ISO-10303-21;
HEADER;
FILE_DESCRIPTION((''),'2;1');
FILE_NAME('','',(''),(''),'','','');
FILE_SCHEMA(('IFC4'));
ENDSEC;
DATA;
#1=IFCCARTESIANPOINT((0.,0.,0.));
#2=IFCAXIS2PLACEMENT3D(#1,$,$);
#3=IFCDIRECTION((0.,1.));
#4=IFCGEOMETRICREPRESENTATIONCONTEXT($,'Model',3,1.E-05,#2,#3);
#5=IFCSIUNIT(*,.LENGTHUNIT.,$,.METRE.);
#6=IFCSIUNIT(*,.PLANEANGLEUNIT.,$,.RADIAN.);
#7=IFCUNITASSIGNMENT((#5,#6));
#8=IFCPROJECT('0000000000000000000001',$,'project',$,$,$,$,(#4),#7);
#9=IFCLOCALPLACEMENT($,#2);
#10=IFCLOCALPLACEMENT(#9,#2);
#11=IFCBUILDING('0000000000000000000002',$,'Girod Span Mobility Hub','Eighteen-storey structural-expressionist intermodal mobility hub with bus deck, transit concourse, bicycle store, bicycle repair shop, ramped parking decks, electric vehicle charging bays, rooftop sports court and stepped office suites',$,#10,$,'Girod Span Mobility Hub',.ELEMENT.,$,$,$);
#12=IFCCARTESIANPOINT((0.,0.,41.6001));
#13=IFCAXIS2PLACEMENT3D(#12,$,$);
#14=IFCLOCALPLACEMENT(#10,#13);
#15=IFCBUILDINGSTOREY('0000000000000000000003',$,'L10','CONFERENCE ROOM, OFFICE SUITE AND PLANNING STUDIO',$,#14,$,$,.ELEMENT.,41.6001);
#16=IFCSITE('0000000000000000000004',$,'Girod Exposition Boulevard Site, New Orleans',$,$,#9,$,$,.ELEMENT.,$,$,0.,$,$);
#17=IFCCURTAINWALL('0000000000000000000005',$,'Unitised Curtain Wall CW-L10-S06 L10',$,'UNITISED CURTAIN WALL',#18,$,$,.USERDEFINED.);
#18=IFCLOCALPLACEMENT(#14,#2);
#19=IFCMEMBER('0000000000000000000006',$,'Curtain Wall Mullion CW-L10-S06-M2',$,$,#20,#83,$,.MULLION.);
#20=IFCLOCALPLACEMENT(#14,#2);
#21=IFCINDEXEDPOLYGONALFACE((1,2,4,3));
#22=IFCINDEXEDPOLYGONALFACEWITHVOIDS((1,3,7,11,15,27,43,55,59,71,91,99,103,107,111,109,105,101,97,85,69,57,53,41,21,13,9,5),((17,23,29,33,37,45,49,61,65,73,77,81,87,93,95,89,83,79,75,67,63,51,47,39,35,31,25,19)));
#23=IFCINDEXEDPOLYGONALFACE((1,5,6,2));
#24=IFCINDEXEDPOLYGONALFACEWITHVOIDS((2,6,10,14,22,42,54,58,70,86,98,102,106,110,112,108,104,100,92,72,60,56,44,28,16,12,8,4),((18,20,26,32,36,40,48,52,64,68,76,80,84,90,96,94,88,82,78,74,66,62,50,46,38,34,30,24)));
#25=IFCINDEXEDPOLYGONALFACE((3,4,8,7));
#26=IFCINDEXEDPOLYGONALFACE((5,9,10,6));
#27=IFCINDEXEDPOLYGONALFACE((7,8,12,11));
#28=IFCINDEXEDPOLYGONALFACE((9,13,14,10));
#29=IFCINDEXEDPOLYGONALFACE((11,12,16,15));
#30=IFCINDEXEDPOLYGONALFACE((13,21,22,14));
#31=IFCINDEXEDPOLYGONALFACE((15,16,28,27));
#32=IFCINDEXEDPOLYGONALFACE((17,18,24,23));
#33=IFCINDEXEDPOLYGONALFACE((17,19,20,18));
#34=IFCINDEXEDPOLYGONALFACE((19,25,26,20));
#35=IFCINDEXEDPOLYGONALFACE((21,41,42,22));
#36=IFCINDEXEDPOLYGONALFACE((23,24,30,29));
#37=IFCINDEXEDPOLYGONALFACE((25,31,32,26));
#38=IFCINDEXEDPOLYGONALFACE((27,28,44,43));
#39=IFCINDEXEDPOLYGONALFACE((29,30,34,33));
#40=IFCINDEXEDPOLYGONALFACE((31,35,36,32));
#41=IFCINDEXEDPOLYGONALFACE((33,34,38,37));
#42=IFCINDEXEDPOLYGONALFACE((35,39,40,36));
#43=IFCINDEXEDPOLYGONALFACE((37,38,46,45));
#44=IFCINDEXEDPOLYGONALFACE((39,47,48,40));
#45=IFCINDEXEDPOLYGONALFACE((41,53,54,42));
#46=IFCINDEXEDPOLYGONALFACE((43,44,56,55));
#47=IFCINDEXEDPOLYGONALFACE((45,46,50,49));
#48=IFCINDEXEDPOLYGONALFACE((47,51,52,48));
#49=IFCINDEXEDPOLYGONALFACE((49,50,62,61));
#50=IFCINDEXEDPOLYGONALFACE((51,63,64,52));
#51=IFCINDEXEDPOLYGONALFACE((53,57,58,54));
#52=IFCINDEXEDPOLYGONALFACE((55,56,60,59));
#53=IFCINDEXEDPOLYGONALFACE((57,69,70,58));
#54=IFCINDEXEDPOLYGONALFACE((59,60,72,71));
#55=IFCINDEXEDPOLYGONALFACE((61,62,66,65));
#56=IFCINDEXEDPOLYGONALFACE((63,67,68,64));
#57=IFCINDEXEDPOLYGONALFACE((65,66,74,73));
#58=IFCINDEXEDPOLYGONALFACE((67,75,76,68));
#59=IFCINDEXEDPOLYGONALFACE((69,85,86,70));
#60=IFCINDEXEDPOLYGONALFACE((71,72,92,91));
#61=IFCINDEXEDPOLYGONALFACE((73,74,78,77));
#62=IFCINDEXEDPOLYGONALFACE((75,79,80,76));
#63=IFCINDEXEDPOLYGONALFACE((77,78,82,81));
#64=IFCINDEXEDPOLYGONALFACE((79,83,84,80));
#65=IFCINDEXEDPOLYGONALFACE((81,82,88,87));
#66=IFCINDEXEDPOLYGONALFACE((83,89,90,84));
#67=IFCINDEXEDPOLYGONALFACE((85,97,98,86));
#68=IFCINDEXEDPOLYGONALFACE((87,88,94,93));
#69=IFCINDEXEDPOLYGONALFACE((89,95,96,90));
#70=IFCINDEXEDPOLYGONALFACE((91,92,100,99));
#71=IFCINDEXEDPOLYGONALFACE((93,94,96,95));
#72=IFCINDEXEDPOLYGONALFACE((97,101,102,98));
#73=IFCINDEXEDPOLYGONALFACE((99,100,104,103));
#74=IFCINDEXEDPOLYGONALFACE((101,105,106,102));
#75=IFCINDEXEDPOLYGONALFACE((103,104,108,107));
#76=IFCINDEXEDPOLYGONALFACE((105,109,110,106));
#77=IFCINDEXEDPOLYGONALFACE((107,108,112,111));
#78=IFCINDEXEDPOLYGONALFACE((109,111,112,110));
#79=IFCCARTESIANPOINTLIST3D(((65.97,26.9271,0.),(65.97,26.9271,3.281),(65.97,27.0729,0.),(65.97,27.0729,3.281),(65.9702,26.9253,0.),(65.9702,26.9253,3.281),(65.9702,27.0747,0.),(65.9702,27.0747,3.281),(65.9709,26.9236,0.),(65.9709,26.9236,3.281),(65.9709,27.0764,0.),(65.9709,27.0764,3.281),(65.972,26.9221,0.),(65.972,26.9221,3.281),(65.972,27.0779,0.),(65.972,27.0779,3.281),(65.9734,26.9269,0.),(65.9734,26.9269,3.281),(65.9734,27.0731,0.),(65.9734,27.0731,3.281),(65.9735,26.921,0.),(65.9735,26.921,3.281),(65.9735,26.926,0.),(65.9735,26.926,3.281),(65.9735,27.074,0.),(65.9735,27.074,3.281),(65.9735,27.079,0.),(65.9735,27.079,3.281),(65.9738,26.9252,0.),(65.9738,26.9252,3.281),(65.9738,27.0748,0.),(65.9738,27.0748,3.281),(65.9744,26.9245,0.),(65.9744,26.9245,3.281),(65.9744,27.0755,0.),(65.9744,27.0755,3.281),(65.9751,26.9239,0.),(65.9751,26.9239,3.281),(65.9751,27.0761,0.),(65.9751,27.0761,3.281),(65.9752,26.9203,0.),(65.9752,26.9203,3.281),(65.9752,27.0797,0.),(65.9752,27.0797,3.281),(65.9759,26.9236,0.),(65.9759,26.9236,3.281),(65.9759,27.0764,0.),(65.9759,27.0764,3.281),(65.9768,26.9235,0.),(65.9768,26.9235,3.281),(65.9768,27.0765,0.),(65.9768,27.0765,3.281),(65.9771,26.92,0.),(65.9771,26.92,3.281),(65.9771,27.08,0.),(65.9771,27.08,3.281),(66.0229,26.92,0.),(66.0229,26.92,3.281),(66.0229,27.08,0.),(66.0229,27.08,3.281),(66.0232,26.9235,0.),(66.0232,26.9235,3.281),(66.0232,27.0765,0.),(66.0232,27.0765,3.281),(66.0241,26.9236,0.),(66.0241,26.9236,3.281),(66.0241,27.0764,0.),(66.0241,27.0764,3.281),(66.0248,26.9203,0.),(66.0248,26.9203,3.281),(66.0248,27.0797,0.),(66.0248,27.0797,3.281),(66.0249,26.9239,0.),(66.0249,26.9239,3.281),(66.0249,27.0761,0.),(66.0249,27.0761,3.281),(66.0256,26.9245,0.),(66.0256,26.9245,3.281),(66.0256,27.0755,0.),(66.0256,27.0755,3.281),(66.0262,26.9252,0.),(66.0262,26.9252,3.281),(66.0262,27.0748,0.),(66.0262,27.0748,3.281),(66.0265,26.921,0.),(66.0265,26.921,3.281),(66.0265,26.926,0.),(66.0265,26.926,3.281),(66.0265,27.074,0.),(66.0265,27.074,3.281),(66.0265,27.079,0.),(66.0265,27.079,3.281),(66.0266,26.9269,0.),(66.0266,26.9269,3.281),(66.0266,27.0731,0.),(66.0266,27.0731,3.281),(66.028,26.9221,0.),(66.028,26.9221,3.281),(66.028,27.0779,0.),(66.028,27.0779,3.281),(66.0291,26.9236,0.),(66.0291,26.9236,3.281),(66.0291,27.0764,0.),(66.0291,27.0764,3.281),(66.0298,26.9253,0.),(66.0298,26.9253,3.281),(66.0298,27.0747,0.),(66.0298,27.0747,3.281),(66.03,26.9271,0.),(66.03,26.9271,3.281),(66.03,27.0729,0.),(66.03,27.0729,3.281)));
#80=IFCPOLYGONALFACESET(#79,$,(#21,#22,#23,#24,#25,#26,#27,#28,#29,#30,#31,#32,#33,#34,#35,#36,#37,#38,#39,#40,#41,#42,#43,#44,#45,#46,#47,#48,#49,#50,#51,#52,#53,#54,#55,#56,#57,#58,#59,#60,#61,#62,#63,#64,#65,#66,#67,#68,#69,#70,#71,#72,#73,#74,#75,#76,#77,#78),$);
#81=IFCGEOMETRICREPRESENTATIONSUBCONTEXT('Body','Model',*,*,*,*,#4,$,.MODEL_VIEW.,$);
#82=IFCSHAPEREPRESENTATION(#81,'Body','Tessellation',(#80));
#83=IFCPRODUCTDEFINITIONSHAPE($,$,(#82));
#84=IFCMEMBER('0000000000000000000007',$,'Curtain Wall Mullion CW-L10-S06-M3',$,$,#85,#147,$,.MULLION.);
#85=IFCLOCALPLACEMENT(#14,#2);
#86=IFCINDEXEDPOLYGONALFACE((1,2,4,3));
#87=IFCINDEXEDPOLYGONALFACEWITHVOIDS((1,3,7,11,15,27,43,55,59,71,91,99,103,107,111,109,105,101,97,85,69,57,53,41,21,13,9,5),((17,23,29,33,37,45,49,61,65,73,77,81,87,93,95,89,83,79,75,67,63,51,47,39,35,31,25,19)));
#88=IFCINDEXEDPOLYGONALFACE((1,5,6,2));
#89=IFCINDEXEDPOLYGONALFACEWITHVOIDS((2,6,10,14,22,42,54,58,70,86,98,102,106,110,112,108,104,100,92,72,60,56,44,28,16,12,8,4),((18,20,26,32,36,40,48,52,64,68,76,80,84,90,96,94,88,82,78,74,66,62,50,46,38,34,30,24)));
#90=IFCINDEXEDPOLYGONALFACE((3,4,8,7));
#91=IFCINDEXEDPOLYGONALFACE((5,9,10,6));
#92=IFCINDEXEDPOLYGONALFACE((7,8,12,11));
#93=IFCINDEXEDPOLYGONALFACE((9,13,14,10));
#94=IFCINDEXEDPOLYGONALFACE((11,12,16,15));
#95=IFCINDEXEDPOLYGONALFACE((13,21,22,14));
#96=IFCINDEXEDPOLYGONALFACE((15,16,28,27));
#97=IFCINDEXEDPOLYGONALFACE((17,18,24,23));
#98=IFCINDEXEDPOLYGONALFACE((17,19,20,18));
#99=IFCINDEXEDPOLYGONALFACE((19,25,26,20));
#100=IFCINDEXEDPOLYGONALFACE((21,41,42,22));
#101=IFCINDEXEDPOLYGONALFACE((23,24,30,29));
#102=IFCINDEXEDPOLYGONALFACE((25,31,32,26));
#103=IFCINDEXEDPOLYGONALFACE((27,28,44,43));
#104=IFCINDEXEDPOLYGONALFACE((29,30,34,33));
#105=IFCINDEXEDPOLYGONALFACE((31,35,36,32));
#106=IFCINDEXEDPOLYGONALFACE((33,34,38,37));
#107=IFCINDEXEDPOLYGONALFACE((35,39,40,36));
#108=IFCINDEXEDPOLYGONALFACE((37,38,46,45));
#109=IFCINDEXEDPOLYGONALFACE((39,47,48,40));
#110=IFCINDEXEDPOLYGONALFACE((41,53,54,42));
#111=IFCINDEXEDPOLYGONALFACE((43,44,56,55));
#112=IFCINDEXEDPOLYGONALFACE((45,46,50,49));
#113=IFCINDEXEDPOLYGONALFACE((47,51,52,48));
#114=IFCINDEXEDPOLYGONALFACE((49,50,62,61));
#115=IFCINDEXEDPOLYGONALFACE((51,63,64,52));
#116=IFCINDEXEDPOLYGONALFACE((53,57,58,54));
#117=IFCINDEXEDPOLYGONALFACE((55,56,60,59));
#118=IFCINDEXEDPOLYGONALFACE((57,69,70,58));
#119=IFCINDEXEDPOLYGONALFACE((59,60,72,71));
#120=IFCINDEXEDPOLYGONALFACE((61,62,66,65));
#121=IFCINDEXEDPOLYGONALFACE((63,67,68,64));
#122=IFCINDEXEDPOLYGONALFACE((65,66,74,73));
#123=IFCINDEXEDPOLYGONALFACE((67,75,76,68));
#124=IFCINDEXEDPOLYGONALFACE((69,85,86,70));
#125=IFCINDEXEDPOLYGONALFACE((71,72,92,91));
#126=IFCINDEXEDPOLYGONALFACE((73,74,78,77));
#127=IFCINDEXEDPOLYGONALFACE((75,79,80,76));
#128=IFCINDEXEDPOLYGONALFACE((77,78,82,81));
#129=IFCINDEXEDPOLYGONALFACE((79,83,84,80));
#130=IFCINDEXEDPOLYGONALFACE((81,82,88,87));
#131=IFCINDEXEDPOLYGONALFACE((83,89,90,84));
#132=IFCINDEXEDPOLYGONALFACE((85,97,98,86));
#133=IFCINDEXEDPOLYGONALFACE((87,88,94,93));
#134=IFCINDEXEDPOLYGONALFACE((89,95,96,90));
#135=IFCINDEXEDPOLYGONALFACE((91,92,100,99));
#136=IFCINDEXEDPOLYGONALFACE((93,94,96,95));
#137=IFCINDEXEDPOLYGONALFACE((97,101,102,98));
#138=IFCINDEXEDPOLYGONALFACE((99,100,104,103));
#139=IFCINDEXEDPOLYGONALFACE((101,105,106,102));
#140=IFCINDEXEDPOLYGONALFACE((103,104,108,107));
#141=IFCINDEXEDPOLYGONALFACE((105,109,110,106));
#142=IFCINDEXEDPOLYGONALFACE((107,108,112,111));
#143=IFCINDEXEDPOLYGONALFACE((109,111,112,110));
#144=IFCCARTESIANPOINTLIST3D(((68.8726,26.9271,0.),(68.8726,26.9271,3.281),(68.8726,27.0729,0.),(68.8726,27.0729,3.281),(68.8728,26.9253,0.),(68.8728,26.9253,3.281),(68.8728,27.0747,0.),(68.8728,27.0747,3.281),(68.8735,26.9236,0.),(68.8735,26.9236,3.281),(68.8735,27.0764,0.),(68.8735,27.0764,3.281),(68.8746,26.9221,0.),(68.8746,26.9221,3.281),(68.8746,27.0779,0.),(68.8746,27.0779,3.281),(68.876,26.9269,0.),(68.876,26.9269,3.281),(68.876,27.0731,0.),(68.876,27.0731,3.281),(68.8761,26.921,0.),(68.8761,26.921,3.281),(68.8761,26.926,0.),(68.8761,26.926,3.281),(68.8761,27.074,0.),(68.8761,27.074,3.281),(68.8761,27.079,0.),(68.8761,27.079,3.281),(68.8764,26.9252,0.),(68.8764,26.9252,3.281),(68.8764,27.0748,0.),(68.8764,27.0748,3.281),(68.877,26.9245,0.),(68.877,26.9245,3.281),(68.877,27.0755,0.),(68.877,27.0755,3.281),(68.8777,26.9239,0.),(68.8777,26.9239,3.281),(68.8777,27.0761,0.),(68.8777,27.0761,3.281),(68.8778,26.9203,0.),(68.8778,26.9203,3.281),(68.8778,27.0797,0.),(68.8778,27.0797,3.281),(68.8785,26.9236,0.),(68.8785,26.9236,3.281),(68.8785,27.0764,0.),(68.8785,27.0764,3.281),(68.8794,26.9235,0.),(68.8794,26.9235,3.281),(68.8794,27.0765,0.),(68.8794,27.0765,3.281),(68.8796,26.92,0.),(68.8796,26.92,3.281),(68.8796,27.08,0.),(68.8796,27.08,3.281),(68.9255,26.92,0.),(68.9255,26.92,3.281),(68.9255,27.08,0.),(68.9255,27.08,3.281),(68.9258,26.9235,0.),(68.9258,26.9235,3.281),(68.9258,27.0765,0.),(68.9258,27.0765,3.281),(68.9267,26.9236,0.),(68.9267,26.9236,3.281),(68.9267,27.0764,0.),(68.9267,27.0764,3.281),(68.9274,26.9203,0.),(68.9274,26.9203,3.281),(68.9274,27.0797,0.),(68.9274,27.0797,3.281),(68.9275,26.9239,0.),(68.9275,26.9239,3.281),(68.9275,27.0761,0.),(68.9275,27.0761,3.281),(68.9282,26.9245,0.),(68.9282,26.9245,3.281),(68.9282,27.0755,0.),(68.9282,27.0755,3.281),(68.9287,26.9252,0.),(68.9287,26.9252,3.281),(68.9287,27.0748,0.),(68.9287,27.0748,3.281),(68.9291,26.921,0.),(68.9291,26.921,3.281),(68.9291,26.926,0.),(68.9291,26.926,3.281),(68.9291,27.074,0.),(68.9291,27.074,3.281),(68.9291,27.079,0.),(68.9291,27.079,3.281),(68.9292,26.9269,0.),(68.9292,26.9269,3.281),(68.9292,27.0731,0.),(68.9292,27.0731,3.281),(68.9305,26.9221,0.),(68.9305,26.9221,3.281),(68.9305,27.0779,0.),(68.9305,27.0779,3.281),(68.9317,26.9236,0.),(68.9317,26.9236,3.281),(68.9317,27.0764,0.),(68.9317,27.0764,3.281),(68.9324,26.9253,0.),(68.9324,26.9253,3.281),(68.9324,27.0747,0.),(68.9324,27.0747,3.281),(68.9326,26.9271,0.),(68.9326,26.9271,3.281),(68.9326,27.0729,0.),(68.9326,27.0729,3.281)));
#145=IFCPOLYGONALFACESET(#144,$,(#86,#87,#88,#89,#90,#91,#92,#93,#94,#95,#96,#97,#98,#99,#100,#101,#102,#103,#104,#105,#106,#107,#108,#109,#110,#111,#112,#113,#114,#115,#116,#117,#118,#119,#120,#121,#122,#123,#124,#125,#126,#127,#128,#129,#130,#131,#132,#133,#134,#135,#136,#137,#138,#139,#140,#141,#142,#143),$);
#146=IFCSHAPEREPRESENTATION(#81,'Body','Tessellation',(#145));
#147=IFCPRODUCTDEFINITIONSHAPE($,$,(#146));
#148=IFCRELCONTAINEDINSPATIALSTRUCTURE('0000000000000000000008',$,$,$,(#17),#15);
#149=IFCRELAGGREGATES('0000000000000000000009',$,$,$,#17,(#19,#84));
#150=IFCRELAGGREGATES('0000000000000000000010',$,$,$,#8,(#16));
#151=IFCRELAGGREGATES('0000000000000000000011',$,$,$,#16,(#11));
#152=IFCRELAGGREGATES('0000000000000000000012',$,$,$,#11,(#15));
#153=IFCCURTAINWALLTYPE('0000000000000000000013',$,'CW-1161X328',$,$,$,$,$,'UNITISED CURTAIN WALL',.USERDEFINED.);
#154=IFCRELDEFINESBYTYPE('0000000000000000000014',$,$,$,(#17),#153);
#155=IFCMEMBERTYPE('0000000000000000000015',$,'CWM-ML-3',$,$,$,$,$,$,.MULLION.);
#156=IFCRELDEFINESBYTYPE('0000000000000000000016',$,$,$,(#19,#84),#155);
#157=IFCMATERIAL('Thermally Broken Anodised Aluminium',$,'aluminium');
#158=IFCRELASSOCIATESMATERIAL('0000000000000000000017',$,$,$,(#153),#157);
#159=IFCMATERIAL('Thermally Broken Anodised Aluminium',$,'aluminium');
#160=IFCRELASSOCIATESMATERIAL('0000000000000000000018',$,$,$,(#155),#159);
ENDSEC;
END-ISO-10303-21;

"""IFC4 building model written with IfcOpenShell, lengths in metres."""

from ifc_helpers import new_model, si_unit, direction, frame, origin, origin_2d, place, context, subcontext, project, spatial, hollow_rectangle, extrude, material, material_profile, profile_set, type_object, element, aggregate, save


model = new_model("IFC4")

# Units and contexts
model_context = context("Model", 3, precision=1e-05, world=origin(), true_north=direction((0.0, 1.0)))
body_context = subcontext(model_context, "Body", "Model", "MODEL_VIEW")
ifc_project = project(units=[si_unit("LENGTHUNIT", "METRE"), si_unit("PLANEANGLEUNIT", "RADIAN")], contexts=[model_context])

# Site, building, storey
site_placement = place(None, origin())
site = spatial("IfcSite", under=ifc_project, at=site_placement, Name="Girod Exposition Boulevard Site, New Orleans", CompositionType="ELEMENT", RefElevation=0.0)
building_placement = place(site_placement, origin())
building = spatial("IfcBuilding", under=site, at=building_placement, Name="Girod Span Mobility Hub", Description="Eighteen-storey structural-expressionist intermodal mobility hub with bus deck, transit concourse, bicycle store, bicycle repair shop, ramped parking decks, electric vehicle charging bays, rooftop sports court and stepped office suites", LongName="Girod Span Mobility Hub", CompositionType="ELEMENT")
storey_placement = place(building_placement, frame((0.0, 0.0, 41.6001)))
storey = spatial("IfcBuildingStorey", under=building, at=storey_placement, Name="L10", Description="CONFERENCE ROOM, OFFICE SUITE AND PLANNING STUDIO", CompositionType="ELEMENT", Elevation=41.6001)

# Curtain wall, members
ifc_material_1 = material(Name="Thermally Broken Anodised Aluminium", Category="aluminium")
curtain_wall_type = type_object("IfcCurtainWallType", Name="CW-1161X328", ElementType="UNITISED CURTAIN WALL", PredefinedType="USERDEFINED", material=ifc_material_1)
curtain_wall_placement = place(storey_placement, origin())
curtain_wall = element("IfcCurtainWall", 1, at=curtain_wall_placement, inside=storey, type_object=curtain_wall_type, Name="Unitised Curtain Wall CW-L10-S06 L10", ObjectType="UNITISED CURTAIN WALL", PredefinedType="USERDEFINED")
ifc_material_2 = material(Name="Thermally Broken Anodised Aluminium", Category="aluminium")
ifc_material_profile_1 = material_profile(ifc_material_2, hollow_rectangle(XDim=0.1599, YDim=0.0601, WallThickness=0.0034, InnerFilletRadius=0.0034, OuterFilletRadius=0.0071, at=origin_2d()), Name="CW-ML-60X160")
ifc_profile_set_1 = profile_set([ifc_material_profile_1], Name="Thermally Broken Anodised Aluminium")
member_type_1 = type_object("IfcMemberType", Name="CWM-ML-3", PredefinedType="MULLION", material=ifc_profile_set_1)
member_1_placement = place(storey_placement, frame((66.0, 27.0, 0.0), z_axis=(0.0, 0.0, 1.0), x_axis=(0.0, 1.0, 0.0)))
member_1 = element("IfcMember", 2, at=member_1_placement, type_object=member_type_1, Name="Curtain Wall Mullion CW-L10-S06-M2", PredefinedType="MULLION", context=body_context, shape_type="SweptSolid", body=[
    extrude(hollow_rectangle(XDim=0.1599, YDim=0.0601, WallThickness=0.0034, InnerFilletRadius=0.0034, OuterFilletRadius=0.0071, at=origin_2d()), origin(), (0.0, 0.0, 1.0), 3.281),
])
member_2_placement = place(storey_placement, frame((68.9026, 27.0, 0.0), z_axis=(0.0, 0.0, 1.0), x_axis=(0.0, 1.0, 0.0)))
member_2 = element("IfcMember", 3, at=member_2_placement, type_object=member_type_1, Name="Curtain Wall Mullion CW-L10-S06-M3", PredefinedType="MULLION", context=body_context, shape_type="SweptSolid", body=[
    extrude(hollow_rectangle(XDim=0.1599, YDim=0.0601, WallThickness=0.0034, InnerFilletRadius=0.0034, OuterFilletRadius=0.0071, at=origin_2d()), origin(), (0.0, 0.0, 1.0), 3.281),
])

aggregate(curtain_wall, [member_1, member_2])

save(model, "model.ifc")
